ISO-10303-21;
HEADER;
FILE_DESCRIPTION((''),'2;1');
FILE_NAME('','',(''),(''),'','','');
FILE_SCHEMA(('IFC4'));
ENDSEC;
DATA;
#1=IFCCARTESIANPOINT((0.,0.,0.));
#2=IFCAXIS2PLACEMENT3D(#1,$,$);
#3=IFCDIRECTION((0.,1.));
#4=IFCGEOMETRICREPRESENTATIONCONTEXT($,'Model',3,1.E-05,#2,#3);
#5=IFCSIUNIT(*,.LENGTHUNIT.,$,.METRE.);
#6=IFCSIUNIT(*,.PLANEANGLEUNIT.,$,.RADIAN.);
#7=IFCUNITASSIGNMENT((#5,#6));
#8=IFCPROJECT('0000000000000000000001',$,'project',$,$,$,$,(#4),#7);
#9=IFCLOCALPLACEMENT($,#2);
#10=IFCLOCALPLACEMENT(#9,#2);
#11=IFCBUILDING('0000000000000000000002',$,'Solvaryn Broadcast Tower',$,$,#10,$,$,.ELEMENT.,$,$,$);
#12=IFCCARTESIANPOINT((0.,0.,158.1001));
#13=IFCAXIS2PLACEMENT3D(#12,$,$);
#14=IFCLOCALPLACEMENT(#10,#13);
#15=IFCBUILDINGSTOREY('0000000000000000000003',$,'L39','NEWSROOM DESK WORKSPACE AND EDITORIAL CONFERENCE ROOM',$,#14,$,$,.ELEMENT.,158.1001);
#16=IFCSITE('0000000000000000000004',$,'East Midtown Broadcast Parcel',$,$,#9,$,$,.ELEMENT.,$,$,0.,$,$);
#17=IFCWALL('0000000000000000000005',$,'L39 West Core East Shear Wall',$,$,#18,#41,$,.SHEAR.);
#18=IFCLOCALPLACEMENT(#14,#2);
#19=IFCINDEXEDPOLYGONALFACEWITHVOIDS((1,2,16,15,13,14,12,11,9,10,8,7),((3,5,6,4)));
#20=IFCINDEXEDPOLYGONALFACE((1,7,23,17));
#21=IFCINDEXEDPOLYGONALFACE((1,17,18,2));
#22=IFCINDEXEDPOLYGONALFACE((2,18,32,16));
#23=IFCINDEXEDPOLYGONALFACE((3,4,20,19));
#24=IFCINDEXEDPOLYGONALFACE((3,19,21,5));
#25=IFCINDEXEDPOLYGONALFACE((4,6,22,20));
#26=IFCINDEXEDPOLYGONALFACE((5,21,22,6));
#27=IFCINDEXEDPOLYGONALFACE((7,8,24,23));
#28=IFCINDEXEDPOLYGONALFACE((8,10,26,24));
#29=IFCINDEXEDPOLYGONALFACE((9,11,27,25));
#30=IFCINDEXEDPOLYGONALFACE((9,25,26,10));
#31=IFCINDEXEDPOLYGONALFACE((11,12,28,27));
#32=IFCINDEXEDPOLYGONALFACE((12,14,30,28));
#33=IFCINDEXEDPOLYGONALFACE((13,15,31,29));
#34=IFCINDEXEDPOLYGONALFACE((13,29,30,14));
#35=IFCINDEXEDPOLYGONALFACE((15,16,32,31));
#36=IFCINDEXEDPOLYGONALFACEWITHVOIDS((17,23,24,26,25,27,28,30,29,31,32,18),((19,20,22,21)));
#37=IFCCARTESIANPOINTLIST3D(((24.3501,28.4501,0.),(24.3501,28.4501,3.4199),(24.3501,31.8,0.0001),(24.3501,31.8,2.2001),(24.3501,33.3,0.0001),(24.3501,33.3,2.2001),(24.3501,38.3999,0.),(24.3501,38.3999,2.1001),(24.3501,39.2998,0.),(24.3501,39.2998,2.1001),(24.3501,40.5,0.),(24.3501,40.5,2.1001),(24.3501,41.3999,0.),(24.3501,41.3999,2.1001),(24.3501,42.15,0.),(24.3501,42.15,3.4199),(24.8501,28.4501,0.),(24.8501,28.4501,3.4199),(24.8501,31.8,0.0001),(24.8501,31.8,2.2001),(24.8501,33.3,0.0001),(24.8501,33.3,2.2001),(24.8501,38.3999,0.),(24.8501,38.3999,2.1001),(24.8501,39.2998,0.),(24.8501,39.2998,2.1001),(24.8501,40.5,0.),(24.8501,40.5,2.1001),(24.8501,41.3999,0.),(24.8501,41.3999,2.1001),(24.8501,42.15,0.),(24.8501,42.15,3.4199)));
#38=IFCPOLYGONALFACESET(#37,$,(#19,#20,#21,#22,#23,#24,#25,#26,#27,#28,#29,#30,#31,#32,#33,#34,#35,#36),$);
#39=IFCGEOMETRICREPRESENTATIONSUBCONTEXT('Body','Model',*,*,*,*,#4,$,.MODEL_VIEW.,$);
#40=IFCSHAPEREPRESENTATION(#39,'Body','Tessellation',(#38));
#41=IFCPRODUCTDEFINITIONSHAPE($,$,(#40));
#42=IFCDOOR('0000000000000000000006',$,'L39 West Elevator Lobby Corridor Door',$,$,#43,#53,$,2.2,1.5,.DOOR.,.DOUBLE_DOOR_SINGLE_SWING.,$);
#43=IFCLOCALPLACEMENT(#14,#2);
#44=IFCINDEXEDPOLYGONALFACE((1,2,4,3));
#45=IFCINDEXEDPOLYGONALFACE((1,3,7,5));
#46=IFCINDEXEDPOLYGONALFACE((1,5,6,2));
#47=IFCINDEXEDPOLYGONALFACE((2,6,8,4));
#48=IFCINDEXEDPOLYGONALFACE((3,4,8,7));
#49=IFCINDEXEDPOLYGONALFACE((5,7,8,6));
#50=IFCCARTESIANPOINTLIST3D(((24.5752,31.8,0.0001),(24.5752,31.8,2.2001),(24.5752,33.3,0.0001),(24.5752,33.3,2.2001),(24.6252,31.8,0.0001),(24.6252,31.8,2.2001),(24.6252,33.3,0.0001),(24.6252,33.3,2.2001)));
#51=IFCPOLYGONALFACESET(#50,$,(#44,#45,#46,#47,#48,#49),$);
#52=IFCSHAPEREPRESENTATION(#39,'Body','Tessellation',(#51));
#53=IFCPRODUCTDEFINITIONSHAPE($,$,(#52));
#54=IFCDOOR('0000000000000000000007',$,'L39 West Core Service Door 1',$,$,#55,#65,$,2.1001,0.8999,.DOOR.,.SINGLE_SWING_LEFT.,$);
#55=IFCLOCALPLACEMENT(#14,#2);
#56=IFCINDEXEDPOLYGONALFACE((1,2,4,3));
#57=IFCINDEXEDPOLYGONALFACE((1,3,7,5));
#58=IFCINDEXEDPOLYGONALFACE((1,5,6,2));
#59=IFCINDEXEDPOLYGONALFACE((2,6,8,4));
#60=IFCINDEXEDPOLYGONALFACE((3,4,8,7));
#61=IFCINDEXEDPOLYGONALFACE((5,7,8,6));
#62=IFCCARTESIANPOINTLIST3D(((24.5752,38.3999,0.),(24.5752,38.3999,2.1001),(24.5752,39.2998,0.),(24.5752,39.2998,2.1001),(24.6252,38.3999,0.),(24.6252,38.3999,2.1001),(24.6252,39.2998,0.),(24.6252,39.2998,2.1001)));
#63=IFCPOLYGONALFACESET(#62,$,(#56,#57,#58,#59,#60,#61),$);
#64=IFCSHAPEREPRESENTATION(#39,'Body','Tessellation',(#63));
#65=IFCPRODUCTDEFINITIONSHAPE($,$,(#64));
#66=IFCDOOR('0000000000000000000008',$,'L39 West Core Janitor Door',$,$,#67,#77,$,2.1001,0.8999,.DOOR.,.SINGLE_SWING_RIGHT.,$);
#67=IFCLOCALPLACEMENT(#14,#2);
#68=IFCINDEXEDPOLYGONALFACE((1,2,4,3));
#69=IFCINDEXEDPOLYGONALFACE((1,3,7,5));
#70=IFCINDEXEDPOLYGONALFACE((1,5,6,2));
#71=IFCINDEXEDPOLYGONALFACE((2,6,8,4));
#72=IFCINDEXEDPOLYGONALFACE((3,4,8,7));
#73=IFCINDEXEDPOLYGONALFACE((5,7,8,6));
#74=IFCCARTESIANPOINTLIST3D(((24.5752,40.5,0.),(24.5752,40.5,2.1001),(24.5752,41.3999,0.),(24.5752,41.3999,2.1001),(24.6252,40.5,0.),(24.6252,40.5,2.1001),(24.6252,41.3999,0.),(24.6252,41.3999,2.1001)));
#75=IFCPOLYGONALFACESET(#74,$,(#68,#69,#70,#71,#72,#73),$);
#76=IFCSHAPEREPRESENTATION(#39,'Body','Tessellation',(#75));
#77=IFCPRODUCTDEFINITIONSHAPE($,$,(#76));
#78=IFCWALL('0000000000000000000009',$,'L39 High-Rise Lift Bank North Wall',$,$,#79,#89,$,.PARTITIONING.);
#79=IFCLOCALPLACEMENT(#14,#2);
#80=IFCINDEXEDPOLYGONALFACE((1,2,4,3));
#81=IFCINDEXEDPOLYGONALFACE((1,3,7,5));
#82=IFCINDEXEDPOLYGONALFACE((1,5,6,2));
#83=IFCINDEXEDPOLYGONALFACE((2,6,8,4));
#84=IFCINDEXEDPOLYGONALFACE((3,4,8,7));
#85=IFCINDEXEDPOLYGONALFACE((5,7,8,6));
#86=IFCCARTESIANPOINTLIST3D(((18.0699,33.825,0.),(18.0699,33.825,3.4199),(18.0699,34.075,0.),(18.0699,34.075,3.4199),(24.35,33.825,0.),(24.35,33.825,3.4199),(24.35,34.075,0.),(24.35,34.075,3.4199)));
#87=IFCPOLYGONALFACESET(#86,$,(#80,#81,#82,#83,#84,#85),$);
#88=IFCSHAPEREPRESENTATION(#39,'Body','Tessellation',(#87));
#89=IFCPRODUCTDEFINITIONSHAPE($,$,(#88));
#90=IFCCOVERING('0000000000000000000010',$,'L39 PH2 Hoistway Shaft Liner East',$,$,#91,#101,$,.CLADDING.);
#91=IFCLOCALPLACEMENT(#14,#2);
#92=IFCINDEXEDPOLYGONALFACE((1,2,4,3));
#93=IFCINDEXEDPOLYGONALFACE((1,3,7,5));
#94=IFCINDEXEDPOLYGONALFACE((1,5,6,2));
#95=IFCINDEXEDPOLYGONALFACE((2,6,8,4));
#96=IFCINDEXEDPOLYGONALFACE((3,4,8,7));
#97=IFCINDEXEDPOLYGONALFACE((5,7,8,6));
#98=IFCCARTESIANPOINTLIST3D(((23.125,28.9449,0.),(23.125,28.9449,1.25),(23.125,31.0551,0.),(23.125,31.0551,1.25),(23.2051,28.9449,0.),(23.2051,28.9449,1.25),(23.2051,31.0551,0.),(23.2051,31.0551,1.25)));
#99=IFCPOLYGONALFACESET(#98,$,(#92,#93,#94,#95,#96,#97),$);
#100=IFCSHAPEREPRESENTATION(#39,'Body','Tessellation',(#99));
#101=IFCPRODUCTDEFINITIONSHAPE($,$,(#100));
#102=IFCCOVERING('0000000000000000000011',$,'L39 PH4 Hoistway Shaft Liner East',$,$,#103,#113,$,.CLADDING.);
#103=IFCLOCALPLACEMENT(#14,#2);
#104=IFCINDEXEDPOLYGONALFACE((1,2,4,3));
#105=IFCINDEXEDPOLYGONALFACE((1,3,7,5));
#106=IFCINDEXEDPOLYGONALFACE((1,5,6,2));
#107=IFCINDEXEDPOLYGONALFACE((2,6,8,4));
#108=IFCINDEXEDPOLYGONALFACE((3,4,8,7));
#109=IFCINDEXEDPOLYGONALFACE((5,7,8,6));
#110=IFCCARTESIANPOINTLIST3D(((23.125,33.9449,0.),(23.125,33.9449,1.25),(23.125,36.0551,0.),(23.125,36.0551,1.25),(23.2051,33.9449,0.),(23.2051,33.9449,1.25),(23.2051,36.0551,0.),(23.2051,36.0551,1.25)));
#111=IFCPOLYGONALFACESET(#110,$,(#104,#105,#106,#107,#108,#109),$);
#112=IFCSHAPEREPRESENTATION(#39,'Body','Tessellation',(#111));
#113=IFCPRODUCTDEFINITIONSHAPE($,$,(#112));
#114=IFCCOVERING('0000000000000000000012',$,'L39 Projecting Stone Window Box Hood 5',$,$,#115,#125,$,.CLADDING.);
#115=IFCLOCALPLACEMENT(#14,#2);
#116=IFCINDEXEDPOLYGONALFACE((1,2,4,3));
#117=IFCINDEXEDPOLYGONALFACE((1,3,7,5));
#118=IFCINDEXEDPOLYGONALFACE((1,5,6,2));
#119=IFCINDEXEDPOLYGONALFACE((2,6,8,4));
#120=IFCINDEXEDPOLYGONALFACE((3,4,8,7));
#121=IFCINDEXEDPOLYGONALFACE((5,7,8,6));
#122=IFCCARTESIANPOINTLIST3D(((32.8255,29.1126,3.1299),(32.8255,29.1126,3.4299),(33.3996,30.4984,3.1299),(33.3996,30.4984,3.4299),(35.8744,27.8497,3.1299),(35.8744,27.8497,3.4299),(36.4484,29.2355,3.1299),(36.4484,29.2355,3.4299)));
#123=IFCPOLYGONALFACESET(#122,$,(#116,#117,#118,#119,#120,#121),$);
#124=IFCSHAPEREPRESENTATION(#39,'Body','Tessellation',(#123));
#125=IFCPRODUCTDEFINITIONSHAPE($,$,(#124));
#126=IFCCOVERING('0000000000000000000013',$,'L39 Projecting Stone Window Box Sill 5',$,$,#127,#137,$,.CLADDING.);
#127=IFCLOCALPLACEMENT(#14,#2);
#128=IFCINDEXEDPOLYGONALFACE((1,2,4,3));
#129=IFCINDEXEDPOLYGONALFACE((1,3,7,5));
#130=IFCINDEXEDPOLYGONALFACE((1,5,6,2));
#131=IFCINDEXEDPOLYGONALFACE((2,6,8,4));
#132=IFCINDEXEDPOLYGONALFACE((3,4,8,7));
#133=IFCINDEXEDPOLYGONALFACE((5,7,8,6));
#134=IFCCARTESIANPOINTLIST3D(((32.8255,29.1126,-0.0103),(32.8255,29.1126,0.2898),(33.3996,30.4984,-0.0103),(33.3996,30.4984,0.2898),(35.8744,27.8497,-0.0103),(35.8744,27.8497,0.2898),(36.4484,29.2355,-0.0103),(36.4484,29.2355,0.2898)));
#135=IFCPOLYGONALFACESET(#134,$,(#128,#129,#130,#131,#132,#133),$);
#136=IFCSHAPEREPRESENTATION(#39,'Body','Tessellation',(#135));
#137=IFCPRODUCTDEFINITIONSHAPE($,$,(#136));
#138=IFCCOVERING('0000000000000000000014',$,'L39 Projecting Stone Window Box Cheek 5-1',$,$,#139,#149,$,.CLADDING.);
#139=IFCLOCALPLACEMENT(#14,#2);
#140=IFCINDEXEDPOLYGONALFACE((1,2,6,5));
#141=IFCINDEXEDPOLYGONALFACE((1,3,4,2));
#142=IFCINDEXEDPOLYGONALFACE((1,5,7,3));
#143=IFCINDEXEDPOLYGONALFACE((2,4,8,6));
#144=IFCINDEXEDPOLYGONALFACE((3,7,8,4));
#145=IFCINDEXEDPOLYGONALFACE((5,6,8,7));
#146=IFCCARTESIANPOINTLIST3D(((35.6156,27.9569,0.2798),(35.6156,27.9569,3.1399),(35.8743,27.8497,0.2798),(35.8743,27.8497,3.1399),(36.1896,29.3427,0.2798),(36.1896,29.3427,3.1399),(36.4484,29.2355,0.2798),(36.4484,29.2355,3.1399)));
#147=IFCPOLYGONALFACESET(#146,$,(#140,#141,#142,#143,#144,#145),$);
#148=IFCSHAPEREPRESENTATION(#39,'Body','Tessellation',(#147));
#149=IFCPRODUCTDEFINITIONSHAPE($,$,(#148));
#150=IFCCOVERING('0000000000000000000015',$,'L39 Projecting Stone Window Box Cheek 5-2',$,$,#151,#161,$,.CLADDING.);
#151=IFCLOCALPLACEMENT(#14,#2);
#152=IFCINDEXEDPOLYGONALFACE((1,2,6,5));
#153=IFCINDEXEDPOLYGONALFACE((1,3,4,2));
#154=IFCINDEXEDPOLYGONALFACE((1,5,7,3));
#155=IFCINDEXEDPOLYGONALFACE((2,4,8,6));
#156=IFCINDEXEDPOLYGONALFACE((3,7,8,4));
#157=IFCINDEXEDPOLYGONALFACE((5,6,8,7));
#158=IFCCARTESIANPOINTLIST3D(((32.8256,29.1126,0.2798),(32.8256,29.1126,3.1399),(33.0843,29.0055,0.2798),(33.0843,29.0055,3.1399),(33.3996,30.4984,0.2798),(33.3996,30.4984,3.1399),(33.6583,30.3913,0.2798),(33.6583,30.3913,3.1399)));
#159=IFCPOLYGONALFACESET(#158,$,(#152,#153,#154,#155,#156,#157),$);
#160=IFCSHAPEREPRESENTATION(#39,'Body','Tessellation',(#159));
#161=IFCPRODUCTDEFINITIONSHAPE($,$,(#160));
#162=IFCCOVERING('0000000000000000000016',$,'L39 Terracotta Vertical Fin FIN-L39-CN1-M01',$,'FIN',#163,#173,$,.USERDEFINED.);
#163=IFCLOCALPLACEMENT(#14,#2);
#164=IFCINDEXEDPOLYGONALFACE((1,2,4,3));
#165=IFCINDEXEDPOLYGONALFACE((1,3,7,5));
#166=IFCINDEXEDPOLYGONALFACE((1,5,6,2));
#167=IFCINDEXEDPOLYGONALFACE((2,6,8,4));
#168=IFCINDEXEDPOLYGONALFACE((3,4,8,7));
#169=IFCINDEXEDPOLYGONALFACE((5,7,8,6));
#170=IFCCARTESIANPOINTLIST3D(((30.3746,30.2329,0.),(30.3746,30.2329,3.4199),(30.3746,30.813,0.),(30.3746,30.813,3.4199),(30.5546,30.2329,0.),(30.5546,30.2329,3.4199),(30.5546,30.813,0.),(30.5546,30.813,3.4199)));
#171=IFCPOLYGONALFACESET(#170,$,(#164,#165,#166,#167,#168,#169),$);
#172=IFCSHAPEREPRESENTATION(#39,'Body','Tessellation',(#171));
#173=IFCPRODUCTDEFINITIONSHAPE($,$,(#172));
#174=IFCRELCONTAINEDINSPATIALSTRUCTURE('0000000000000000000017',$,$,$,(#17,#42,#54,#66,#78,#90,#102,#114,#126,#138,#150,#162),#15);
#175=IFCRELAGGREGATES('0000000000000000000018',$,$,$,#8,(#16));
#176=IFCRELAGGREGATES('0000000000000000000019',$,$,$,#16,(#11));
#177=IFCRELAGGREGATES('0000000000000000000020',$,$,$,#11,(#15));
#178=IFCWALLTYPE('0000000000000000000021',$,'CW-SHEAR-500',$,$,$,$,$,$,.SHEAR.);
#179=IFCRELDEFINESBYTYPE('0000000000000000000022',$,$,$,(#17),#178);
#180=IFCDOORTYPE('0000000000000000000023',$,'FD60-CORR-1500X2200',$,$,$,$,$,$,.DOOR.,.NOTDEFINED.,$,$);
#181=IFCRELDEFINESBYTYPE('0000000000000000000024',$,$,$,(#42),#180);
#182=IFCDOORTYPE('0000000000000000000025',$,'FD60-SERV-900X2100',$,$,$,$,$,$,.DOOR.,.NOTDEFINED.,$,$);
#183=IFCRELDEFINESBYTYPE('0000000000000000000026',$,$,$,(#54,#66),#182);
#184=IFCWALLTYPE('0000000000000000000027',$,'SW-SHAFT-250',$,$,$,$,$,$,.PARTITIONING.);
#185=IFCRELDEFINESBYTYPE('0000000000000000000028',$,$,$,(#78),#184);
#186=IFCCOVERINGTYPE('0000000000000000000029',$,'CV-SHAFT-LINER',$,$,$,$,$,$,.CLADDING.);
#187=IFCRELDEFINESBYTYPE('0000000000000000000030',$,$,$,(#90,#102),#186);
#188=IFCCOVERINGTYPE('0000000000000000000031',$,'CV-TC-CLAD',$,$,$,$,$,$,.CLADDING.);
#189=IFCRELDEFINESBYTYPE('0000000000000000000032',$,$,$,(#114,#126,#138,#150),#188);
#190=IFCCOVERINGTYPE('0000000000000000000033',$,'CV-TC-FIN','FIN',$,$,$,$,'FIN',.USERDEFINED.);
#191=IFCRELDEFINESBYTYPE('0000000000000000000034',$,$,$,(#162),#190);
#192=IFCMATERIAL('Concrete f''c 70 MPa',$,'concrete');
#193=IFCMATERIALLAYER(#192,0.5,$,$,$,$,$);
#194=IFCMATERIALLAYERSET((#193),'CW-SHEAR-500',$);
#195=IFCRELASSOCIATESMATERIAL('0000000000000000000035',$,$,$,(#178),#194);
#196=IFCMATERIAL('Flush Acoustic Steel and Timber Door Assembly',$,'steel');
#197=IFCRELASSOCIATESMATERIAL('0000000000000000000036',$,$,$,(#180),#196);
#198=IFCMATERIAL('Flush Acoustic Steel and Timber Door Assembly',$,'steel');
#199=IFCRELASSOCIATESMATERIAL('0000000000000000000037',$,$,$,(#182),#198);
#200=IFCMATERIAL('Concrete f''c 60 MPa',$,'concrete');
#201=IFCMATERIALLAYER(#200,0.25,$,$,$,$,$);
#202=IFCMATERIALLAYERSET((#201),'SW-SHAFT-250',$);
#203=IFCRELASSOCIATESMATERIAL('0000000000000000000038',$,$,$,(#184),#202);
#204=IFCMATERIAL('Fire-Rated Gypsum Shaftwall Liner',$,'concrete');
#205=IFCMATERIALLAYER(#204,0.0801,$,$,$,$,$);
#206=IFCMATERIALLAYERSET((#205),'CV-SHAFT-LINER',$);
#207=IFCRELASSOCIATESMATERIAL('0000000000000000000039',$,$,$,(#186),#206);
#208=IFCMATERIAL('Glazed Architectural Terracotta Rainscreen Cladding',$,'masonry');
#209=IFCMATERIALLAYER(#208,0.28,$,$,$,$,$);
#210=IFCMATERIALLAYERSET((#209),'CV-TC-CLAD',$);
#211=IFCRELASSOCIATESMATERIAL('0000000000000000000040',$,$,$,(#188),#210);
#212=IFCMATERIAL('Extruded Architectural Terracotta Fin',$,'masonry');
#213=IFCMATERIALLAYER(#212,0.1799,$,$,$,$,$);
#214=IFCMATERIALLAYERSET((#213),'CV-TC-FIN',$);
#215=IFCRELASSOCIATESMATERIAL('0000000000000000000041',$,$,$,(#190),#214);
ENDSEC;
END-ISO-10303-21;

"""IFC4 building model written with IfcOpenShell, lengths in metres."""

from ifc_helpers import new_model, si_unit, direction, frame, frame_2d, origin, origin_2d, place, context, subcontext, project, spatial, rectangle, extrude, material, layer, layer_set, type_object, element, fill, save


model = new_model("IFC4")

# Units and contexts
model_context = context("Model", 3, precision=1e-05, world=origin(), true_north=direction((0.0, 1.0)))
body_context = subcontext(model_context, "Body", "Model", "MODEL_VIEW")
ifc_project = project(units=[si_unit("LENGTHUNIT", "METRE"), si_unit("PLANEANGLEUNIT", "RADIAN")], contexts=[model_context])

# Site, building, storey
site_placement = place(None, origin())
site = spatial("IfcSite", under=ifc_project, at=site_placement, Name="East Midtown Broadcast Parcel", CompositionType="ELEMENT", RefElevation=0.0)
building_placement = place(site_placement, origin())
building = spatial("IfcBuilding", under=site, at=building_placement, Name="Solvaryn Broadcast Tower", CompositionType="ELEMENT")
storey_placement = place(building_placement, frame((0.0, 0.0, 158.1001)))
storey = spatial("IfcBuildingStorey", under=building, at=storey_placement, Name="L39", Description="NEWSROOM DESK WORKSPACE AND EDITORIAL CONFERENCE ROOM", CompositionType="ELEMENT", Elevation=158.1001)

# Wall, openings, doors
ifc_material_1 = material(Name="Concrete f'c 70 MPa", Category="concrete")
ifc_layer_1 = layer(ifc_material_1, 0.5)
ifc_layer_set_1 = layer_set([ifc_layer_1], Name="CW-SHEAR-500")
wall_type_1 = type_object("IfcWallType", Name="CW-SHEAR-500", PredefinedType="SHEAR", material=ifc_layer_set_1)
wall_1_placement = place(storey_placement, frame((24.6001, 28.45, 0.0), z_axis=(0.0, 0.0, 1.0), x_axis=(0.0, 1.0, 0.0)))
wall_1 = element("IfcWall", 1, at=wall_1_placement, inside=storey, type_object=wall_type_1, Name="L39 West Core East Shear Wall", PredefinedType="SHEAR", context=body_context, shape_type="SweptSolid", body=[
    extrude(rectangle(XDim=13.7, YDim=0.5, at=frame_2d((6.8501, 0.0))), origin(), (0.0, 0.0, 1.0), 3.4199),
])
opening_1_placement = place(wall_1_placement, frame((3.3501, 0.0, 0.0)))
opening_1 = element("IfcOpeningElement", 2, at=opening_1_placement, cuts=wall_1, PredefinedType="OPENING", context=body_context, shape_type="SweptSolid", body=[
    extrude(rectangle(XDim=1.5, YDim=2.2, at=frame_2d((0.75, 1.1001))), frame((0.0, 0.26, 0.0), z_axis=(0.0, -1.0, 0.0), x_axis=(1.0, 0.0, 0.0)), (0.0, 0.0, 1.0), 0.52),
])
opening_2_placement = place(wall_1_placement, frame((9.95, 0.0, 0.0)))
opening_2 = element("IfcOpeningElement", 3, at=opening_2_placement, cuts=wall_1, PredefinedType="OPENING", context=body_context, shape_type="SweptSolid", body=[
    extrude(rectangle(XDim=0.8999, YDim=2.1001, at=frame_2d((0.45, 1.05))), frame((0.0, 0.26, 0.0), z_axis=(0.0, -1.0, 0.0), x_axis=(1.0, 0.0, 0.0)), (0.0, 0.0, 1.0), 0.52),
])
opening_3_placement = place(wall_1_placement, frame((12.05, 0.0, 0.0)))
opening_3 = element("IfcOpeningElement", 4, at=opening_3_placement, cuts=wall_1, PredefinedType="OPENING", context=body_context, shape_type="SweptSolid", body=[
    extrude(rectangle(XDim=0.8999, YDim=2.1001, at=frame_2d((0.45, 1.05))), frame((0.0, 0.26, 0.0), z_axis=(0.0, -1.0, 0.0), x_axis=(1.0, 0.0, 0.0)), (0.0, 0.0, 1.0), 0.52),
])
ifc_material_2 = material(Name="Flush Acoustic Steel and Timber Door Assembly", Category="steel")
door_type_1 = type_object("IfcDoorType", Name="FD60-CORR-1500X2200", OperationType="NOTDEFINED", PredefinedType="DOOR", material=ifc_material_2)
door_1_placement = place(opening_1_placement, origin())
door_1 = element("IfcDoor", 5, at=door_1_placement, inside=storey, type_object=door_type_1, Name="L39 West Elevator Lobby Corridor Door", OperationType="DOUBLE_DOOR_SINGLE_SWING", OverallHeight=2.2, OverallWidth=1.5, PredefinedType="DOOR", context=body_context, shape_type="SweptSolid", body=[
    extrude(rectangle(XDim=1.5, YDim=2.2, at=frame_2d((0.75, 1.1001))), frame((0.0, 0.0249, 0.0), z_axis=(0.0, -1.0, 0.0), x_axis=(1.0, 0.0, 0.0)), (0.0, 0.0, 1.0), 0.05),
])
fill(opening_1, door_1)
ifc_material_3 = material(Name="Flush Acoustic Steel and Timber Door Assembly", Category="steel")
door_type_2 = type_object("IfcDoorType", Name="FD60-SERV-900X2100", OperationType="NOTDEFINED", PredefinedType="DOOR", material=ifc_material_3)
door_2_placement = place(opening_2_placement, origin())
door_2 = element("IfcDoor", 6, at=door_2_placement, inside=storey, type_object=door_type_2, Name="L39 West Core Service Door 1", OperationType="SINGLE_SWING_LEFT", OverallHeight=2.1001, OverallWidth=0.8999, PredefinedType="DOOR", context=body_context, shape_type="SweptSolid", body=[
    extrude(rectangle(XDim=0.8999, YDim=2.1001, at=frame_2d((0.45, 1.05))), frame((0.0, 0.0249, 0.0), z_axis=(0.0, -1.0, 0.0), x_axis=(1.0, 0.0, 0.0)), (0.0, 0.0, 1.0), 0.05),
])
fill(opening_2, door_2)
door_3_placement = place(opening_3_placement, origin())
door_3 = element("IfcDoor", 7, at=door_3_placement, inside=storey, type_object=door_type_2, Name="L39 West Core Janitor Door", OperationType="SINGLE_SWING_RIGHT", OverallHeight=2.1001, OverallWidth=0.8999, PredefinedType="DOOR", context=body_context, shape_type="SweptSolid", body=[
    extrude(rectangle(XDim=0.8999, YDim=2.1001, at=frame_2d((0.45, 1.05))), frame((0.0, 0.0249, 0.0), z_axis=(0.0, -1.0, 0.0), x_axis=(1.0, 0.0, 0.0)), (0.0, 0.0, 1.0), 0.05),
])
fill(opening_3, door_3)

# Wall
ifc_material_4 = material(Name="Concrete f'c 60 MPa", Category="concrete")
ifc_layer_2 = layer(ifc_material_4, 0.25)
ifc_layer_set_2 = layer_set([ifc_layer_2], Name="SW-SHAFT-250")
wall_type_2 = type_object("IfcWallType", Name="SW-SHAFT-250", PredefinedType="PARTITIONING", material=ifc_layer_set_2)
wall_2_placement = place(storey_placement, frame((24.3501, 33.95, 0.0), z_axis=(0.0, 0.0, 1.0), x_axis=(-1.0, 0.0, 0.0)))
element("IfcWall", 8, at=wall_2_placement, inside=storey, type_object=wall_type_2, Name="L39 High-Rise Lift Bank North Wall", PredefinedType="PARTITIONING", context=body_context, shape_type="SweptSolid", body=[
    extrude(rectangle(XDim=6.28, YDim=0.25, at=frame_2d((3.1401, 0.0))), origin(), (0.0, 0.0, 1.0), 3.4199),
])

# Coverings
ifc_material_5 = material(Name="Fire-Rated Gypsum Shaftwall Liner", Category="concrete")
ifc_layer_3 = layer(ifc_material_5, 0.0801)
ifc_layer_set_3 = layer_set([ifc_layer_3], Name="CV-SHAFT-LINER")
covering_type_1 = type_object("IfcCoveringType", Name="CV-SHAFT-LINER", PredefinedType="CLADDING", material=ifc_layer_set_3)
for number, where, z_axis, x_axis, name in (
    (9, (23.165, 30.0, 0.0), (0.0, 0.0, 1.0), (1.0, 0.0, 0.0), "L39 PH2 Hoistway Shaft Liner East"),
    (10, (23.165, 35.0, 0.0), (0.0, 0.0, 1.0), (1.0, 0.0, 0.0), "L39 PH4 Hoistway Shaft Liner East"),
):
    element("IfcCovering", number, at=place(storey_placement, frame(where, z_axis=z_axis, x_axis=x_axis)), inside=storey, type_object=covering_type_1, Name=name, PredefinedType="CLADDING", context=body_context, shape_type="SweptSolid", body=[
        extrude(rectangle(XDim=0.0801, YDim=2.1101, at=origin_2d()), origin(), (0.0, 0.0, 1.0), 1.25),
    ])
ifc_material_6 = material(Name="Glazed Architectural Terracotta Rainscreen Cladding", Category="masonry")
ifc_layer_4 = layer(ifc_material_6, 0.28)
ifc_layer_set_4 = layer_set([ifc_layer_4], Name="CV-TC-CLAD")
covering_type_2 = type_object("IfcCoveringType", Name="CV-TC-CLAD", PredefinedType="CLADDING", material=ifc_layer_set_4)
for number, where, z_axis, x_axis, name in (
    (11, (34.637, 29.1741, 3.1299), (0.0, 0.0, 1.0), (-0.92388, 0.382683, 0.0), "L39 Projecting Stone Window Box Hood 5"),
    (12, (34.637, 29.1741, -0.0103), (0.0, 0.0, 1.0), (-0.92388, 0.382683, 0.0), "L39 Projecting Stone Window Box Sill 5"),
):
    element("IfcCovering", number, at=place(storey_placement, frame(where, z_axis=z_axis, x_axis=x_axis)), inside=storey, type_object=covering_type_2, Name=name, PredefinedType="CLADDING", context=body_context, shape_type="SweptSolid", body=[
        extrude(rectangle(XDim=3.3, YDim=1.5, at=origin_2d()), origin(), (0.0, 0.0, 1.0), 0.3),
    ])
for number, where, z_axis, x_axis, name in (
    (13, (36.032, 28.5962, 0.2798), (0.0, 0.0, 1.0), (-0.92388, 0.382683, 0.0), "L39 Projecting Stone Window Box Cheek 5-1"),
    (14, (33.2419, 29.752, 0.2798), (0.0, 0.0, 1.0), (-0.92388, 0.382683, 0.0), "L39 Projecting Stone Window Box Cheek 5-2"),
):
    element("IfcCovering", number, at=place(storey_placement, frame(where, z_axis=z_axis, x_axis=x_axis)), inside=storey, type_object=covering_type_2, Name=name, PredefinedType="CLADDING", context=body_context, shape_type="SweptSolid", body=[
        extrude(rectangle(XDim=0.28, YDim=1.5, at=origin_2d()), origin(), (0.0, 0.0, 1.0), 2.8601),
    ])
ifc_material_7 = material(Name="Extruded Architectural Terracotta Fin", Category="masonry")
ifc_layer_5 = layer(ifc_material_7, 0.1799)
ifc_layer_set_5 = layer_set([ifc_layer_5], Name="CV-TC-FIN")
covering_type_3 = type_object("IfcCoveringType", Name="CV-TC-FIN", Description="FIN", ElementType="FIN", PredefinedType="USERDEFINED", material=ifc_layer_set_5)
covering_1_placement = place(storey_placement, frame((30.4646, 30.5229, 0.0), z_axis=(0.0, 0.0, 1.0), x_axis=(1.0, 0.0, 0.0)))
element("IfcCovering", 15, at=covering_1_placement, inside=storey, type_object=covering_type_3, Name="L39 Terracotta Vertical Fin FIN-L39-CN1-M01", ObjectType="FIN", PredefinedType="USERDEFINED", context=body_context, shape_type="SweptSolid", body=[
    extrude(rectangle(XDim=0.1799, YDim=0.5801, at=origin_2d()), origin(), (0.0, 0.0, 1.0), 3.4199),
])

save(model, "model.ifc")
